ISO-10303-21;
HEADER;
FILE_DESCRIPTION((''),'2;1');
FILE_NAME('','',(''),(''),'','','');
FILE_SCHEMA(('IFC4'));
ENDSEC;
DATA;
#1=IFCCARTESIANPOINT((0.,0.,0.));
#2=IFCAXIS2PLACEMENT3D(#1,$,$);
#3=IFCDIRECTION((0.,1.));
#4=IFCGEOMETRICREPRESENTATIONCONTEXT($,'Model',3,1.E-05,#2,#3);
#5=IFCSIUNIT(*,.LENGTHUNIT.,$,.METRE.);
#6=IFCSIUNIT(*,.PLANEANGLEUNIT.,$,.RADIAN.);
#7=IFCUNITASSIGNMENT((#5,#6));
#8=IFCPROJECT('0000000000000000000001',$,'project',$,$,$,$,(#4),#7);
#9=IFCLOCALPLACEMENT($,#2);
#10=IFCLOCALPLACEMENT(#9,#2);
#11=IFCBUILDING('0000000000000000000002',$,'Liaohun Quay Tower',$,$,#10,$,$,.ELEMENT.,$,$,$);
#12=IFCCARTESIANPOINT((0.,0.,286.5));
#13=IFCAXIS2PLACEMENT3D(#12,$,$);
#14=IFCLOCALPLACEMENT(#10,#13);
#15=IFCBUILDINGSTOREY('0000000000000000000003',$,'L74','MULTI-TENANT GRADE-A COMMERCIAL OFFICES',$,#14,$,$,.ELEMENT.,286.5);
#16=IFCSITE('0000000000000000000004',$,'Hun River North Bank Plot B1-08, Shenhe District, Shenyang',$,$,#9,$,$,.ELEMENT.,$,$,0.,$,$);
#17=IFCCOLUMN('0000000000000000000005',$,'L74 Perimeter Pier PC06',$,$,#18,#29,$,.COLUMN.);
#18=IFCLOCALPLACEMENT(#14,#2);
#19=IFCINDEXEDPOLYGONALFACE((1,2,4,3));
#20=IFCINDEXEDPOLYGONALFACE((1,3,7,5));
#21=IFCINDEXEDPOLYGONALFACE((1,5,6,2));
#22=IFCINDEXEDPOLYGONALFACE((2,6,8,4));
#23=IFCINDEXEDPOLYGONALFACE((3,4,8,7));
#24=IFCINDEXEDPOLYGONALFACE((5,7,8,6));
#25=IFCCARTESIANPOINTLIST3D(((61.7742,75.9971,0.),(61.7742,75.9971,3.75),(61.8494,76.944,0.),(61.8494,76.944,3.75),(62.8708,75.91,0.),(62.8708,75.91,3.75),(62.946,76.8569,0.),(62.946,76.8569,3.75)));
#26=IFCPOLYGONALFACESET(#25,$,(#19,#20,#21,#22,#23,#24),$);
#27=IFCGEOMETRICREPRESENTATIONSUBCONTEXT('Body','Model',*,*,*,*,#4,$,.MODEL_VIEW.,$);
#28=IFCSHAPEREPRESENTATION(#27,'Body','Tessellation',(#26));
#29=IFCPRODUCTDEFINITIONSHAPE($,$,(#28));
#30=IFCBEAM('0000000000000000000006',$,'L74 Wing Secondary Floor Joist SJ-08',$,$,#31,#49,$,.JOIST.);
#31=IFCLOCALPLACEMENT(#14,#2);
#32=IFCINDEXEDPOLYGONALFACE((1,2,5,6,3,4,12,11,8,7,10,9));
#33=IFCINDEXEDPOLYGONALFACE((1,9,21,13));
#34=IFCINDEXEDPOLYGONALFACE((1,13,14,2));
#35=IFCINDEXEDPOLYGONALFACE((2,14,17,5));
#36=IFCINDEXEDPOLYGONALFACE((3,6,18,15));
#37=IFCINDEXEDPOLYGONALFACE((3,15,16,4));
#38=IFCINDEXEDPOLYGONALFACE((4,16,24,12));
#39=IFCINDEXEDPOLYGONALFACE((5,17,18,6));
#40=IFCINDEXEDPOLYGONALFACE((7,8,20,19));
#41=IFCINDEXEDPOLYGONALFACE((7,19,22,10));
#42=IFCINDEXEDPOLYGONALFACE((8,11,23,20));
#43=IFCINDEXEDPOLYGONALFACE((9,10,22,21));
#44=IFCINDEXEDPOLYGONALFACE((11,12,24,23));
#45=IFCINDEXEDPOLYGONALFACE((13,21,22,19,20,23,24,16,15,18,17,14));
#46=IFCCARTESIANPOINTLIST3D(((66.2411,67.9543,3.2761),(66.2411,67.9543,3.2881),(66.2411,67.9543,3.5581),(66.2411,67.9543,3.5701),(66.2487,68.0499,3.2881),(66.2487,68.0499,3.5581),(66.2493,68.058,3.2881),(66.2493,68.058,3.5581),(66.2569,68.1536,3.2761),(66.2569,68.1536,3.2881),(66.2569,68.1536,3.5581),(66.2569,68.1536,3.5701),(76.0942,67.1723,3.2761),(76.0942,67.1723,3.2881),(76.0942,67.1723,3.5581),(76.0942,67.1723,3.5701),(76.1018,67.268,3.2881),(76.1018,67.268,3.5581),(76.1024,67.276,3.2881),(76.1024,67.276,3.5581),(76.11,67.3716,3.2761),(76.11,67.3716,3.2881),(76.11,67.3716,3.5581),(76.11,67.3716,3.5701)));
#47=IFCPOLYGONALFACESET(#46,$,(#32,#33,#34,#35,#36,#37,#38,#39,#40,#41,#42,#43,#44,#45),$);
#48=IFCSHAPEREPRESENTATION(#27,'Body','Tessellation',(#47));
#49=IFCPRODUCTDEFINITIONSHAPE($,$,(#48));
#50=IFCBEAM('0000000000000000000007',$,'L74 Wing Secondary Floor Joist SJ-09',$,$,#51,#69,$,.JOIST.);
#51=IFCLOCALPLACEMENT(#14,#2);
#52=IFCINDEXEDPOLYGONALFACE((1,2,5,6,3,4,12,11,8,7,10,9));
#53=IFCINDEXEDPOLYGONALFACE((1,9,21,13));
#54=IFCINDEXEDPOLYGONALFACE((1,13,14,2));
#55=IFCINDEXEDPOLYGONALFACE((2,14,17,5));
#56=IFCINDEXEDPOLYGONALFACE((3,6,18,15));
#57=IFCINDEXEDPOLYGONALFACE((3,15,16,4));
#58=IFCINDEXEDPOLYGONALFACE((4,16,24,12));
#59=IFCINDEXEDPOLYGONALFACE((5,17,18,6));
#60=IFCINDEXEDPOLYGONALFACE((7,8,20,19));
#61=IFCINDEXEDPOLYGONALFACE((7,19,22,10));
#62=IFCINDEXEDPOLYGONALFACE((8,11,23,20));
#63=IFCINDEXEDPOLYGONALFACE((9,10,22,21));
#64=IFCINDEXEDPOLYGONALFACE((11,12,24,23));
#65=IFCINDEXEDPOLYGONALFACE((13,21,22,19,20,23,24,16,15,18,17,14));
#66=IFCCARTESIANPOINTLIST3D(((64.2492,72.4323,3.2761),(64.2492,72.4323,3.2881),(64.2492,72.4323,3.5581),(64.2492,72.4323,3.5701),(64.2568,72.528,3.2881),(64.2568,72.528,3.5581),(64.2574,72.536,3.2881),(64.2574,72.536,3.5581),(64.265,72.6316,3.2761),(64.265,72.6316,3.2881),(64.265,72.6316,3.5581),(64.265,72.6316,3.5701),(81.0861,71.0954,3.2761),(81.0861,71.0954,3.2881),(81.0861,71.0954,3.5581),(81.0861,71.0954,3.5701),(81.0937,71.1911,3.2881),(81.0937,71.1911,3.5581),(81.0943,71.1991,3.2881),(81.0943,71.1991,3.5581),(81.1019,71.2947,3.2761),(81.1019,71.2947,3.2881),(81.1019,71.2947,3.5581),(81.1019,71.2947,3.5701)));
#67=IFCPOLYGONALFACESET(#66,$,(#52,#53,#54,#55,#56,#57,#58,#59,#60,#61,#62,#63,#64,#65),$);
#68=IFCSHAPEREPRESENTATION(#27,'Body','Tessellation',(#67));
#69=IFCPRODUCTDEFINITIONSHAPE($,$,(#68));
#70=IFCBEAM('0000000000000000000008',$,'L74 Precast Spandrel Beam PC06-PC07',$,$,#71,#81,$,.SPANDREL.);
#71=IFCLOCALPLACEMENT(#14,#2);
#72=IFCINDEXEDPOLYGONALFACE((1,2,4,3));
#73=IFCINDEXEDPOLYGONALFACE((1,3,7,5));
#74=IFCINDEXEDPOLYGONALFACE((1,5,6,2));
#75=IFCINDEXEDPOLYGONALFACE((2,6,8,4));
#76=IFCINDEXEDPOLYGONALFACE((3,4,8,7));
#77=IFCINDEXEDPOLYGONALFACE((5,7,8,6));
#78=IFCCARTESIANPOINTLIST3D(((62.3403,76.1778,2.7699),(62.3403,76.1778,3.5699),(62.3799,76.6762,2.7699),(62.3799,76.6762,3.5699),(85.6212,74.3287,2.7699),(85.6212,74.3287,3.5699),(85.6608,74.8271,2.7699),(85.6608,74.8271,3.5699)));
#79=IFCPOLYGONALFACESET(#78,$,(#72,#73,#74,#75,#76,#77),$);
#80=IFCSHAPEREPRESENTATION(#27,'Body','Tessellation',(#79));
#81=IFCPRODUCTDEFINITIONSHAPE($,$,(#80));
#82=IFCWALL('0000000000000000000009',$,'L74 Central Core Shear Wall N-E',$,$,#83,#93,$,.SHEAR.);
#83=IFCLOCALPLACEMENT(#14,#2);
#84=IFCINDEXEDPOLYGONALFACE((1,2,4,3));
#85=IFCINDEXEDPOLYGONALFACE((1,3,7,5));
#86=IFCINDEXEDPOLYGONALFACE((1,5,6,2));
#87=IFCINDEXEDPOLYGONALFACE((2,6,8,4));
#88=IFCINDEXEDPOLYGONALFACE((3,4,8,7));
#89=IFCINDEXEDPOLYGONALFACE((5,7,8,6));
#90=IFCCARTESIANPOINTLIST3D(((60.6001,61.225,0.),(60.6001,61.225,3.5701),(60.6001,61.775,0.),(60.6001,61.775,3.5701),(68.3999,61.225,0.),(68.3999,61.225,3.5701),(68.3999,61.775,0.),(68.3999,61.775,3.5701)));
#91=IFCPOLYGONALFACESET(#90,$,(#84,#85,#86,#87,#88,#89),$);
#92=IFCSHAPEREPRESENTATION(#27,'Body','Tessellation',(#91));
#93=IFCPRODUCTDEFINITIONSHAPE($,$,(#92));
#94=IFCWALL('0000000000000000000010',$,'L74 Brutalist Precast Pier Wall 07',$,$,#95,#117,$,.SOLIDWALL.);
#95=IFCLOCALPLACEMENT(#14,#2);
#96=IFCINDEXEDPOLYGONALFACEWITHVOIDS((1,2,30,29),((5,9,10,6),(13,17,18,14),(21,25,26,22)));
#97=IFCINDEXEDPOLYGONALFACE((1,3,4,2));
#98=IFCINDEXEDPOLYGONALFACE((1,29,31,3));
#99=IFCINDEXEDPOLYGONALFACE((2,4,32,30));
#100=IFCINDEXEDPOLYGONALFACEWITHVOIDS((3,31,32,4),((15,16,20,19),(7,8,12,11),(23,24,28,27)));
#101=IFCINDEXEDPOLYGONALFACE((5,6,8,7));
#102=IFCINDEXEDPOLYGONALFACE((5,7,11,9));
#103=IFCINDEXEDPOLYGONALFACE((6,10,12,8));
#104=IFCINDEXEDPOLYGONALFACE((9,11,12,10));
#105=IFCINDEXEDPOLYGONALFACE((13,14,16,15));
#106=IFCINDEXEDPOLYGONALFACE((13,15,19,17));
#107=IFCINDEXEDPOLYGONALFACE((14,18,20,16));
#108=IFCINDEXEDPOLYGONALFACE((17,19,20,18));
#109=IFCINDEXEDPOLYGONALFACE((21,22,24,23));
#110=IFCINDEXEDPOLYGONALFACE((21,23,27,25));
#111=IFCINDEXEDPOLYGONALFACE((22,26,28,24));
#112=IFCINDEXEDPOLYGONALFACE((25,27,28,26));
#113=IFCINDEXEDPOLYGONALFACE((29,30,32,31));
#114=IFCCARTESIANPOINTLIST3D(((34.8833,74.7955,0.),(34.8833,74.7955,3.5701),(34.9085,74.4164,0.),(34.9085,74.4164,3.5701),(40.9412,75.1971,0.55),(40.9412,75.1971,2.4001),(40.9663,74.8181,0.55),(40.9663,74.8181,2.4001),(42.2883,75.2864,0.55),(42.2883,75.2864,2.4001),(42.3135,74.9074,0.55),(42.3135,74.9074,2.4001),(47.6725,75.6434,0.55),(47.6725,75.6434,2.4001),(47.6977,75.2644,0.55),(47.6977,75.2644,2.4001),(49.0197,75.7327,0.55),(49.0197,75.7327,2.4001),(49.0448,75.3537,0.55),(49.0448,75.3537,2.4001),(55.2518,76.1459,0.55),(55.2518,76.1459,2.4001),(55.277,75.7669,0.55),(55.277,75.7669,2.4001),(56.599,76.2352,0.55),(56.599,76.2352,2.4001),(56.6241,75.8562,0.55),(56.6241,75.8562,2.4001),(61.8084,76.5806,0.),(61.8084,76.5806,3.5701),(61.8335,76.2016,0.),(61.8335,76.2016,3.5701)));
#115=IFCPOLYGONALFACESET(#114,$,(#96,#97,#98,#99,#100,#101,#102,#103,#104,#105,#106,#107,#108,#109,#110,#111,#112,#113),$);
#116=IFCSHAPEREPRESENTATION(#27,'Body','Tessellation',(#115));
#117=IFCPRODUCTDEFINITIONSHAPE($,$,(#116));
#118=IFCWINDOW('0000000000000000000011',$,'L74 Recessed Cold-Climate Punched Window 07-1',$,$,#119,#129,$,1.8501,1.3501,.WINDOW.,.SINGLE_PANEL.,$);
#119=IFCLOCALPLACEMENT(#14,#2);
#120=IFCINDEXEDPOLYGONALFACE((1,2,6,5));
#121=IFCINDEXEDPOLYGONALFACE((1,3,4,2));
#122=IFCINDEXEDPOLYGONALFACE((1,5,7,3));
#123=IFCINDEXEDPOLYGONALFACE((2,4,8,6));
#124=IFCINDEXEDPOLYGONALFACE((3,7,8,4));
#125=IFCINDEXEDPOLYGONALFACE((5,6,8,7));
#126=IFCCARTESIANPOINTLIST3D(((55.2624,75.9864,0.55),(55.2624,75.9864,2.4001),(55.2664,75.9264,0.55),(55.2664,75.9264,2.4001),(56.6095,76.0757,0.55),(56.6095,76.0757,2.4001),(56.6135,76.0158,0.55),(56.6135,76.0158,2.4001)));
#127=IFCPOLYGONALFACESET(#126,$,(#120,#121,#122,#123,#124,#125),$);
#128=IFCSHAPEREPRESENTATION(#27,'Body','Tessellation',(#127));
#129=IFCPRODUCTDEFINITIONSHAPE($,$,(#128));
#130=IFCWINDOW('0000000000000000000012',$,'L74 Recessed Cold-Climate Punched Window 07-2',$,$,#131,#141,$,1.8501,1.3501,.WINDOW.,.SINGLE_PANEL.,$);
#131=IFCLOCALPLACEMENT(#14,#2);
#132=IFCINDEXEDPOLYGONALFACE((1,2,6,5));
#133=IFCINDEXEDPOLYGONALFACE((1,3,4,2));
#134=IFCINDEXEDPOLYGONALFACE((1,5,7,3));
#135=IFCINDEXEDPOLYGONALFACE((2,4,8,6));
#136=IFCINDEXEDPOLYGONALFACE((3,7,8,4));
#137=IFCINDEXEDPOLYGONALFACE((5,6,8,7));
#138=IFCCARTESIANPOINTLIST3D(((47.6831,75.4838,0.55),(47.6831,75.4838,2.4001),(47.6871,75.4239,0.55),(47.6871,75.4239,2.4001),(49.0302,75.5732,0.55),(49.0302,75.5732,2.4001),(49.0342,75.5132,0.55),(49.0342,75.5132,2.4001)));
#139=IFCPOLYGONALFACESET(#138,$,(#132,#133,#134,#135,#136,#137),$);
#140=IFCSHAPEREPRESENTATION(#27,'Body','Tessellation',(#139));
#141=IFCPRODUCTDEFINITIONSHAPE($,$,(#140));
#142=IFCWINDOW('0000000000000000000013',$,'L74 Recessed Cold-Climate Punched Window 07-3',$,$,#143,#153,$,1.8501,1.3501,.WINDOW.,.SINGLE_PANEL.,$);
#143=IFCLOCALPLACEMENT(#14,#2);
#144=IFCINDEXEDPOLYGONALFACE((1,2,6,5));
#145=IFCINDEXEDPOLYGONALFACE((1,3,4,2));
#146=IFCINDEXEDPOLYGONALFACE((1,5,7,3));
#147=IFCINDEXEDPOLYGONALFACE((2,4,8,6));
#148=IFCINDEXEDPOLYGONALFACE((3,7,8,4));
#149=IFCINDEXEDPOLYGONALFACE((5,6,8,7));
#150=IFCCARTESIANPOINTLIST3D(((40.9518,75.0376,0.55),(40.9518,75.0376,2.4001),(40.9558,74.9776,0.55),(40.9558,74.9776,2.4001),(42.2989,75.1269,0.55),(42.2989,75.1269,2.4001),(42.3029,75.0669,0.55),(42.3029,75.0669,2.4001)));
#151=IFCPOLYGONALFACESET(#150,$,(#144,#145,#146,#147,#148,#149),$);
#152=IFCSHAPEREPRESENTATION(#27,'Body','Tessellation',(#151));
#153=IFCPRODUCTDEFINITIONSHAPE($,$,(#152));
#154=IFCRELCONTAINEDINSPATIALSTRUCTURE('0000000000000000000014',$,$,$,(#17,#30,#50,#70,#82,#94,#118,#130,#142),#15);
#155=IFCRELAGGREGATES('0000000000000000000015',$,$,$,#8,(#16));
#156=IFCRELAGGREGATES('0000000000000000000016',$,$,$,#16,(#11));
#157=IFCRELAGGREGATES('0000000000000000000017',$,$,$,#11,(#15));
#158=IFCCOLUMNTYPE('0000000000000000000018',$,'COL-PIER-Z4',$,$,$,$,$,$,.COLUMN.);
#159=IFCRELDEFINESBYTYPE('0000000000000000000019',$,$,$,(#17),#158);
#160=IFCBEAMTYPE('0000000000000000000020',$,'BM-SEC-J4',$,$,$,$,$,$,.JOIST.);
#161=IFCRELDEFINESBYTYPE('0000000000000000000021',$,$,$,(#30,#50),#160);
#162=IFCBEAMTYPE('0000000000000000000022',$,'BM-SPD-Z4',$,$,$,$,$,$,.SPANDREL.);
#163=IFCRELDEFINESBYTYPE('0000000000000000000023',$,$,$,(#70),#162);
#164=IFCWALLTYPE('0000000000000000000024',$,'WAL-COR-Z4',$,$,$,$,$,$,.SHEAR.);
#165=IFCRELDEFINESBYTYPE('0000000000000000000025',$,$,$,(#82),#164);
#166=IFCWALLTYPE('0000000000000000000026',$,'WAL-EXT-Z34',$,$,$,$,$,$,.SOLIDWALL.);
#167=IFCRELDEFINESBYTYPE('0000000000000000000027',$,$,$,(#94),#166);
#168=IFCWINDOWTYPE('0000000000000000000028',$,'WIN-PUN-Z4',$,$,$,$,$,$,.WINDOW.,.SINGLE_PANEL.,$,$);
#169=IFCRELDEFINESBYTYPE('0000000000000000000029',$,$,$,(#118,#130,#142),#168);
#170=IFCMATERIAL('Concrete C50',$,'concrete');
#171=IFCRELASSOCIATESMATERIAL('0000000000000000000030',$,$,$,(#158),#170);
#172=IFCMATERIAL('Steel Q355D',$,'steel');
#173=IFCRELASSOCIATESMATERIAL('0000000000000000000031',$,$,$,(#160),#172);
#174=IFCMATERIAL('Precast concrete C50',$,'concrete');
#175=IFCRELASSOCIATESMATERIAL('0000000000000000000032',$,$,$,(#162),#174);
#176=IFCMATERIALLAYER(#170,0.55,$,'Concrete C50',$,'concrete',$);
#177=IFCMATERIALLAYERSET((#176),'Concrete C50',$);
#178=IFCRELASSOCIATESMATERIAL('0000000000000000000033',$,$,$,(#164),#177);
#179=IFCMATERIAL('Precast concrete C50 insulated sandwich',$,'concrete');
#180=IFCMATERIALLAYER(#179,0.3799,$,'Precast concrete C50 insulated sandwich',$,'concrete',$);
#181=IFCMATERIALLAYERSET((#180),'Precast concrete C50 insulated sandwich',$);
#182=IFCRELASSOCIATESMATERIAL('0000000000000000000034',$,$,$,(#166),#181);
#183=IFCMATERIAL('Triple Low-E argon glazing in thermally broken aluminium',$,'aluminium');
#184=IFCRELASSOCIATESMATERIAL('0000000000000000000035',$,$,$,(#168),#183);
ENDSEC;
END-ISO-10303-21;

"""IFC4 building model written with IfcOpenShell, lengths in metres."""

from ifc_helpers import new_model, si_unit, direction, frame, frame_2d, origin, origin_2d, place, context, subcontext, project, spatial, rectangle, i_section, extrude, source, transform, mapped, material, layer, layer_set, material_profile, profile_set, type_object, element, fill, save


model = new_model("IFC4")

# Units and contexts
model_context = context("Model", 3, precision=1e-05, world=origin(), true_north=direction((0.0, 1.0)))
body_context = subcontext(model_context, "Body", "Model", "MODEL_VIEW")
ifc_project = project(units=[si_unit("LENGTHUNIT", "METRE"), si_unit("PLANEANGLEUNIT", "RADIAN")], contexts=[model_context])

# Site, building, storey
site_placement = place(None, origin())
site = spatial("IfcSite", under=ifc_project, at=site_placement, Name="Hun River North Bank Plot B1-08, Shenhe District, Shenyang", CompositionType="ELEMENT", RefElevation=0.0)
building_placement = place(site_placement, origin())
building = spatial("IfcBuilding", under=site, at=building_placement, Name="Liaohun Quay Tower", CompositionType="ELEMENT")
storey_placement = place(building_placement, frame((0.0, 0.0, 286.5)))
storey = spatial("IfcBuildingStorey", under=building, at=storey_placement, Name="L74", Description="MULTI-TENANT GRADE-A COMMERCIAL OFFICES", CompositionType="ELEMENT", Elevation=286.5)

# Column
ifc_material_1 = material(Name="Concrete C50", Category="concrete")
ifc_material_profile_1 = material_profile(ifc_material_1, rectangle(XDim=1.1001, YDim=0.95, at=origin_2d()), Name="RC1100x950")
ifc_profile_set_1 = profile_set([ifc_material_profile_1], Name="Concrete C50")
column_type = type_object("IfcColumnType", Name="COL-PIER-Z4", PredefinedType="COLUMN", material=ifc_profile_set_1)
shared_shape_1 = source(origin(), body_context, "Body", "SweptSolid", [
    extrude(rectangle(XDim=1.1001, YDim=0.95, at=origin_2d()), origin(), (0.0, 0.0, 1.0), 3.75),
])
column_placement = place(storey_placement, frame((62.3601, 76.427, 0.0), z_axis=(0.0, 0.0, 1.0), x_axis=(-0.996862, 0.079155, 0.0)))
element("IfcColumn", 1, at=column_placement, inside=storey, type_object=column_type, Name="L74 Perimeter Pier PC06", PredefinedType="COLUMN", context=body_context, shape_type="MappedRepresentation", body=[
    mapped(shared_shape_1, transform((0.0, 0.0, 0.0), x_axis=(1.0, 0.0, 0.0), y_axis=(0.0, 1.0, 0.0), z_axis=(0.0, 0.0, 1.0), scale=1.0)),
])

# Beams
ifc_material_2 = material(Name="Steel Q355D", Category="steel")
ifc_material_profile_2 = material_profile(ifc_material_2, i_section(OverallWidth=0.2, OverallDepth=0.2939, WebThickness=0.0081, FlangeThickness=0.012, at=origin_2d()), Name="HM294x200x8x12")
ifc_profile_set_2 = profile_set([ifc_material_profile_2], Name="Steel Q355D")
beam_type_1 = type_object("IfcBeamType", Name="BM-SEC-J4", PredefinedType="JOIST", material=ifc_profile_set_2)
shared_shape_2 = source(origin(), body_context, "Body", "SweptSolid", [
    extrude(i_section(OverallWidth=0.2, OverallDepth=0.2939, WebThickness=0.0081, FlangeThickness=0.012, at=origin_2d()), origin(), (0.0, 0.0, 1.0), 9.884),
])
beam_1_placement = place(storey_placement, frame((66.249, 68.054, 3.4231), z_axis=(0.996865, -0.079116, 0.0), x_axis=(0.079116, 0.996865, 0.0)))
element("IfcBeam", 2, at=beam_1_placement, inside=storey, type_object=beam_type_1, Name="L74 Wing Secondary Floor Joist SJ-08", PredefinedType="JOIST", context=body_context, shape_type="MappedRepresentation", body=[
    mapped(shared_shape_2, transform((0.0, 0.0, 0.0), x_axis=(1.0, 0.0, 0.0), y_axis=(0.0, 1.0, 0.0), z_axis=(0.0, 0.0, 1.0), scale=1.0)),
])
shared_shape_3 = source(origin(), body_context, "Body", "SweptSolid", [
    extrude(i_section(OverallWidth=0.2, OverallDepth=0.2939, WebThickness=0.0081, FlangeThickness=0.012, at=origin_2d()), origin(), (0.0, 0.0, 1.0), 16.8899),
])
beam_2_placement = place(storey_placement, frame((64.2571, 72.532, 3.4231), z_axis=(0.996862, -0.079155, 0.0), x_axis=(0.079155, 0.996862, 0.0)))
element("IfcBeam", 3, at=beam_2_placement, inside=storey, type_object=beam_type_1, Name="L74 Wing Secondary Floor Joist SJ-09", PredefinedType="JOIST", context=body_context, shape_type="MappedRepresentation", body=[
    mapped(shared_shape_3, transform((0.0, 0.0, 0.0), x_axis=(1.0, 0.0, 0.0), y_axis=(0.0, 1.0, 0.0), z_axis=(0.0, 0.0, 1.0), scale=1.0)),
])
ifc_material_3 = material(Name="Precast concrete C50", Category="concrete")
ifc_material_profile_3 = material_profile(ifc_material_3, rectangle(XDim=0.5, YDim=0.8, at=origin_2d()), Name="RC500x800")
ifc_profile_set_3 = profile_set([ifc_material_profile_3], Name="Precast concrete C50")
beam_type_2 = type_object("IfcBeamType", Name="BM-SPD-Z4", PredefinedType="SPANDREL", material=ifc_profile_set_3)
shared_shape_4 = source(origin(), body_context, "Body", "SweptSolid", [
    extrude(rectangle(XDim=0.5, YDim=0.8, at=origin_2d()), origin(), (0.0, 0.0, 1.0), 23.3542),
])
beam_3_placement = place(storey_placement, frame((62.3601, 76.427, 3.1699), z_axis=(0.996861, -0.079177, 0.0), x_axis=(0.079177, 0.996861, 0.0)))
element("IfcBeam", 4, at=beam_3_placement, inside=storey, type_object=beam_type_2, Name="L74 Precast Spandrel Beam PC06-PC07", PredefinedType="SPANDREL", context=body_context, shape_type="MappedRepresentation", body=[
    mapped(shared_shape_4, transform((0.0, 0.0, 0.0), x_axis=(1.0, 0.0, 0.0), y_axis=(0.0, 1.0, 0.0), z_axis=(0.0, 0.0, 1.0), scale=1.0)),
])

# Wall
ifc_layer_1 = layer(ifc_material_1, 0.55, Name="Concrete C50", Category="concrete")
ifc_layer_set_1 = layer_set([ifc_layer_1], Name="Concrete C50")
wall_type_1 = type_object("IfcWallType", Name="WAL-COR-Z4", PredefinedType="SHEAR", material=ifc_layer_set_1)
wall_1_placement = place(storey_placement, frame((60.6001, 61.5, 0.0), z_axis=(0.0, 0.0, 1.0), x_axis=(1.0, 0.0, 0.0)))
element("IfcWall", 5, at=wall_1_placement, inside=storey, type_object=wall_type_1, Name="L74 Central Core Shear Wall N-E", PredefinedType="SHEAR", context=body_context, shape_type="SweptSolid", body=[
    extrude(rectangle(XDim=7.7998, YDim=0.55, at=frame_2d((3.8999, 0.0))), origin(), (0.0, 0.0, 1.0), 3.5701),
])

# Wall, openings, windows
ifc_material_4 = material(Name="Precast concrete C50 insulated sandwich", Category="concrete")
ifc_layer_2 = layer(ifc_material_4, 0.3799, Name="Precast concrete C50 insulated sandwich", Category="concrete")
ifc_layer_set_2 = layer_set([ifc_layer_2], Name="Precast concrete C50 insulated sandwich")
wall_type_2 = type_object("IfcWallType", Name="WAL-EXT-Z34", PredefinedType="SOLIDWALL", material=ifc_layer_set_2)
wall_2_placement = place(storey_placement, frame((61.821, 76.3911, 0.0), z_axis=(0.0, 0.0, 1.0), x_axis=(-0.997809, -0.066156, 0.0)))
wall_2 = element("IfcWall", 6, at=wall_2_placement, inside=storey, type_object=wall_type_2, Name="L74 Brutalist Precast Pier Wall 07", PredefinedType="SOLIDWALL", context=body_context, shape_type="SweptSolid", body=[
    extrude(rectangle(XDim=26.9841, YDim=0.3799, at=frame_2d((13.4922, 0.0))), origin(), (0.0, 0.0, 1.0), 3.5701),
])
shared_shape_5 = source(origin(), body_context, "Body", "SweptSolid", [
    extrude(rectangle(XDim=1.3501, YDim=1.8501, at=frame_2d((0.675, 0.925))), frame((0.0, 0.2, 0.0), z_axis=(0.0, -1.0, 0.0), x_axis=(1.0, 0.0, 0.0)), (0.0, 0.0, 1.0), 0.3999),
])
opening_1_placement = place(wall_2_placement, frame((5.2209, 0.0, 0.55)))
opening_1 = element("IfcOpeningElement", 7, at=opening_1_placement, cuts=wall_2, PredefinedType="OPENING", context=body_context, shape_type="MappedRepresentation", body=[
    mapped(shared_shape_5, transform((0.0, 0.0, 0.0), x_axis=(1.0, 0.0, 0.0), y_axis=(0.0, 1.0, 0.0), z_axis=(0.0, 0.0, 1.0), scale=1.0)),
])
opening_2_placement = place(wall_2_placement, frame((12.8169, 0.0, 0.55)))
opening_2 = element("IfcOpeningElement", 8, at=opening_2_placement, cuts=wall_2, PredefinedType="OPENING", context=body_context, shape_type="MappedRepresentation", body=[
    mapped(shared_shape_5, transform((0.0, 0.0, 0.0), x_axis=(1.0, 0.0, 0.0), y_axis=(0.0, 1.0, 0.0), z_axis=(0.0, 0.0, 1.0), scale=1.0)),
])
opening_3_placement = place(wall_2_placement, frame((19.563, 0.0, 0.55)))
opening_3 = element("IfcOpeningElement", 9, at=opening_3_placement, cuts=wall_2, PredefinedType="OPENING", context=body_context, shape_type="MappedRepresentation", body=[
    mapped(shared_shape_5, transform((0.0, 0.0, 0.0), x_axis=(1.0, 0.0, 0.0), y_axis=(0.0, 1.0, 0.0), z_axis=(0.0, 0.0, 1.0), scale=1.0)),
])
ifc_material_5 = material(Name="Triple Low-E argon glazing in thermally broken aluminium", Category="aluminium")
window_type = type_object("IfcWindowType", Name="WIN-PUN-Z4", PartitioningType="SINGLE_PANEL", PredefinedType="WINDOW", material=ifc_material_5)
shared_shape_6 = source(origin(), body_context, "Body", "SweptSolid", [
    extrude(rectangle(XDim=1.3501, YDim=1.8501, at=frame_2d((0.675, 0.925))), frame((0.0, 0.03, 0.0), z_axis=(0.0, -1.0, 0.0), x_axis=(1.0, 0.0, 0.0)), (0.0, 0.0, 1.0), 0.0601),
])
window_1_placement = place(opening_1_placement, origin())
window_1 = element("IfcWindow", 10, at=window_1_placement, inside=storey, type_object=window_type, Name="L74 Recessed Cold-Climate Punched Window 07-1", OverallHeight=1.8501, OverallWidth=1.3501, PartitioningType="SINGLE_PANEL", PredefinedType="WINDOW", context=body_context, shape_type="MappedRepresentation", body=[
    mapped(shared_shape_6, transform((0.0, 0.0, 0.0), x_axis=(1.0, 0.0, 0.0), y_axis=(0.0, 1.0, 0.0), z_axis=(0.0, 0.0, 1.0), scale=1.0)),
])
fill(opening_1, window_1)
window_2_placement = place(opening_2_placement, origin())
window_2 = element("IfcWindow", 11, at=window_2_placement, inside=storey, type_object=window_type, Name="L74 Recessed Cold-Climate Punched Window 07-2", OverallHeight=1.8501, OverallWidth=1.3501, PartitioningType="SINGLE_PANEL", PredefinedType="WINDOW", context=body_context, shape_type="MappedRepresentation", body=[
    mapped(shared_shape_6, transform((0.0, 0.0, 0.0), x_axis=(1.0, 0.0, 0.0), y_axis=(0.0, 1.0, 0.0), z_axis=(0.0, 0.0, 1.0), scale=1.0)),
])
fill(opening_2, window_2)
window_3_placement = place(opening_3_placement, origin())
window_3 = element("IfcWindow", 12, at=window_3_placement, inside=storey, type_object=window_type, Name="L74 Recessed Cold-Climate Punched Window 07-3", OverallHeight=1.8501, OverallWidth=1.3501, PartitioningType="SINGLE_PANEL", PredefinedType="WINDOW", context=body_context, shape_type="MappedRepresentation", body=[
    mapped(shared_shape_6, transform((0.0, 0.0, 0.0), x_axis=(1.0, 0.0, 0.0), y_axis=(0.0, 1.0, 0.0), z_axis=(0.0, 0.0, 1.0), scale=1.0)),
])
fill(opening_3, window_3)

save(model, "model.ifc")
